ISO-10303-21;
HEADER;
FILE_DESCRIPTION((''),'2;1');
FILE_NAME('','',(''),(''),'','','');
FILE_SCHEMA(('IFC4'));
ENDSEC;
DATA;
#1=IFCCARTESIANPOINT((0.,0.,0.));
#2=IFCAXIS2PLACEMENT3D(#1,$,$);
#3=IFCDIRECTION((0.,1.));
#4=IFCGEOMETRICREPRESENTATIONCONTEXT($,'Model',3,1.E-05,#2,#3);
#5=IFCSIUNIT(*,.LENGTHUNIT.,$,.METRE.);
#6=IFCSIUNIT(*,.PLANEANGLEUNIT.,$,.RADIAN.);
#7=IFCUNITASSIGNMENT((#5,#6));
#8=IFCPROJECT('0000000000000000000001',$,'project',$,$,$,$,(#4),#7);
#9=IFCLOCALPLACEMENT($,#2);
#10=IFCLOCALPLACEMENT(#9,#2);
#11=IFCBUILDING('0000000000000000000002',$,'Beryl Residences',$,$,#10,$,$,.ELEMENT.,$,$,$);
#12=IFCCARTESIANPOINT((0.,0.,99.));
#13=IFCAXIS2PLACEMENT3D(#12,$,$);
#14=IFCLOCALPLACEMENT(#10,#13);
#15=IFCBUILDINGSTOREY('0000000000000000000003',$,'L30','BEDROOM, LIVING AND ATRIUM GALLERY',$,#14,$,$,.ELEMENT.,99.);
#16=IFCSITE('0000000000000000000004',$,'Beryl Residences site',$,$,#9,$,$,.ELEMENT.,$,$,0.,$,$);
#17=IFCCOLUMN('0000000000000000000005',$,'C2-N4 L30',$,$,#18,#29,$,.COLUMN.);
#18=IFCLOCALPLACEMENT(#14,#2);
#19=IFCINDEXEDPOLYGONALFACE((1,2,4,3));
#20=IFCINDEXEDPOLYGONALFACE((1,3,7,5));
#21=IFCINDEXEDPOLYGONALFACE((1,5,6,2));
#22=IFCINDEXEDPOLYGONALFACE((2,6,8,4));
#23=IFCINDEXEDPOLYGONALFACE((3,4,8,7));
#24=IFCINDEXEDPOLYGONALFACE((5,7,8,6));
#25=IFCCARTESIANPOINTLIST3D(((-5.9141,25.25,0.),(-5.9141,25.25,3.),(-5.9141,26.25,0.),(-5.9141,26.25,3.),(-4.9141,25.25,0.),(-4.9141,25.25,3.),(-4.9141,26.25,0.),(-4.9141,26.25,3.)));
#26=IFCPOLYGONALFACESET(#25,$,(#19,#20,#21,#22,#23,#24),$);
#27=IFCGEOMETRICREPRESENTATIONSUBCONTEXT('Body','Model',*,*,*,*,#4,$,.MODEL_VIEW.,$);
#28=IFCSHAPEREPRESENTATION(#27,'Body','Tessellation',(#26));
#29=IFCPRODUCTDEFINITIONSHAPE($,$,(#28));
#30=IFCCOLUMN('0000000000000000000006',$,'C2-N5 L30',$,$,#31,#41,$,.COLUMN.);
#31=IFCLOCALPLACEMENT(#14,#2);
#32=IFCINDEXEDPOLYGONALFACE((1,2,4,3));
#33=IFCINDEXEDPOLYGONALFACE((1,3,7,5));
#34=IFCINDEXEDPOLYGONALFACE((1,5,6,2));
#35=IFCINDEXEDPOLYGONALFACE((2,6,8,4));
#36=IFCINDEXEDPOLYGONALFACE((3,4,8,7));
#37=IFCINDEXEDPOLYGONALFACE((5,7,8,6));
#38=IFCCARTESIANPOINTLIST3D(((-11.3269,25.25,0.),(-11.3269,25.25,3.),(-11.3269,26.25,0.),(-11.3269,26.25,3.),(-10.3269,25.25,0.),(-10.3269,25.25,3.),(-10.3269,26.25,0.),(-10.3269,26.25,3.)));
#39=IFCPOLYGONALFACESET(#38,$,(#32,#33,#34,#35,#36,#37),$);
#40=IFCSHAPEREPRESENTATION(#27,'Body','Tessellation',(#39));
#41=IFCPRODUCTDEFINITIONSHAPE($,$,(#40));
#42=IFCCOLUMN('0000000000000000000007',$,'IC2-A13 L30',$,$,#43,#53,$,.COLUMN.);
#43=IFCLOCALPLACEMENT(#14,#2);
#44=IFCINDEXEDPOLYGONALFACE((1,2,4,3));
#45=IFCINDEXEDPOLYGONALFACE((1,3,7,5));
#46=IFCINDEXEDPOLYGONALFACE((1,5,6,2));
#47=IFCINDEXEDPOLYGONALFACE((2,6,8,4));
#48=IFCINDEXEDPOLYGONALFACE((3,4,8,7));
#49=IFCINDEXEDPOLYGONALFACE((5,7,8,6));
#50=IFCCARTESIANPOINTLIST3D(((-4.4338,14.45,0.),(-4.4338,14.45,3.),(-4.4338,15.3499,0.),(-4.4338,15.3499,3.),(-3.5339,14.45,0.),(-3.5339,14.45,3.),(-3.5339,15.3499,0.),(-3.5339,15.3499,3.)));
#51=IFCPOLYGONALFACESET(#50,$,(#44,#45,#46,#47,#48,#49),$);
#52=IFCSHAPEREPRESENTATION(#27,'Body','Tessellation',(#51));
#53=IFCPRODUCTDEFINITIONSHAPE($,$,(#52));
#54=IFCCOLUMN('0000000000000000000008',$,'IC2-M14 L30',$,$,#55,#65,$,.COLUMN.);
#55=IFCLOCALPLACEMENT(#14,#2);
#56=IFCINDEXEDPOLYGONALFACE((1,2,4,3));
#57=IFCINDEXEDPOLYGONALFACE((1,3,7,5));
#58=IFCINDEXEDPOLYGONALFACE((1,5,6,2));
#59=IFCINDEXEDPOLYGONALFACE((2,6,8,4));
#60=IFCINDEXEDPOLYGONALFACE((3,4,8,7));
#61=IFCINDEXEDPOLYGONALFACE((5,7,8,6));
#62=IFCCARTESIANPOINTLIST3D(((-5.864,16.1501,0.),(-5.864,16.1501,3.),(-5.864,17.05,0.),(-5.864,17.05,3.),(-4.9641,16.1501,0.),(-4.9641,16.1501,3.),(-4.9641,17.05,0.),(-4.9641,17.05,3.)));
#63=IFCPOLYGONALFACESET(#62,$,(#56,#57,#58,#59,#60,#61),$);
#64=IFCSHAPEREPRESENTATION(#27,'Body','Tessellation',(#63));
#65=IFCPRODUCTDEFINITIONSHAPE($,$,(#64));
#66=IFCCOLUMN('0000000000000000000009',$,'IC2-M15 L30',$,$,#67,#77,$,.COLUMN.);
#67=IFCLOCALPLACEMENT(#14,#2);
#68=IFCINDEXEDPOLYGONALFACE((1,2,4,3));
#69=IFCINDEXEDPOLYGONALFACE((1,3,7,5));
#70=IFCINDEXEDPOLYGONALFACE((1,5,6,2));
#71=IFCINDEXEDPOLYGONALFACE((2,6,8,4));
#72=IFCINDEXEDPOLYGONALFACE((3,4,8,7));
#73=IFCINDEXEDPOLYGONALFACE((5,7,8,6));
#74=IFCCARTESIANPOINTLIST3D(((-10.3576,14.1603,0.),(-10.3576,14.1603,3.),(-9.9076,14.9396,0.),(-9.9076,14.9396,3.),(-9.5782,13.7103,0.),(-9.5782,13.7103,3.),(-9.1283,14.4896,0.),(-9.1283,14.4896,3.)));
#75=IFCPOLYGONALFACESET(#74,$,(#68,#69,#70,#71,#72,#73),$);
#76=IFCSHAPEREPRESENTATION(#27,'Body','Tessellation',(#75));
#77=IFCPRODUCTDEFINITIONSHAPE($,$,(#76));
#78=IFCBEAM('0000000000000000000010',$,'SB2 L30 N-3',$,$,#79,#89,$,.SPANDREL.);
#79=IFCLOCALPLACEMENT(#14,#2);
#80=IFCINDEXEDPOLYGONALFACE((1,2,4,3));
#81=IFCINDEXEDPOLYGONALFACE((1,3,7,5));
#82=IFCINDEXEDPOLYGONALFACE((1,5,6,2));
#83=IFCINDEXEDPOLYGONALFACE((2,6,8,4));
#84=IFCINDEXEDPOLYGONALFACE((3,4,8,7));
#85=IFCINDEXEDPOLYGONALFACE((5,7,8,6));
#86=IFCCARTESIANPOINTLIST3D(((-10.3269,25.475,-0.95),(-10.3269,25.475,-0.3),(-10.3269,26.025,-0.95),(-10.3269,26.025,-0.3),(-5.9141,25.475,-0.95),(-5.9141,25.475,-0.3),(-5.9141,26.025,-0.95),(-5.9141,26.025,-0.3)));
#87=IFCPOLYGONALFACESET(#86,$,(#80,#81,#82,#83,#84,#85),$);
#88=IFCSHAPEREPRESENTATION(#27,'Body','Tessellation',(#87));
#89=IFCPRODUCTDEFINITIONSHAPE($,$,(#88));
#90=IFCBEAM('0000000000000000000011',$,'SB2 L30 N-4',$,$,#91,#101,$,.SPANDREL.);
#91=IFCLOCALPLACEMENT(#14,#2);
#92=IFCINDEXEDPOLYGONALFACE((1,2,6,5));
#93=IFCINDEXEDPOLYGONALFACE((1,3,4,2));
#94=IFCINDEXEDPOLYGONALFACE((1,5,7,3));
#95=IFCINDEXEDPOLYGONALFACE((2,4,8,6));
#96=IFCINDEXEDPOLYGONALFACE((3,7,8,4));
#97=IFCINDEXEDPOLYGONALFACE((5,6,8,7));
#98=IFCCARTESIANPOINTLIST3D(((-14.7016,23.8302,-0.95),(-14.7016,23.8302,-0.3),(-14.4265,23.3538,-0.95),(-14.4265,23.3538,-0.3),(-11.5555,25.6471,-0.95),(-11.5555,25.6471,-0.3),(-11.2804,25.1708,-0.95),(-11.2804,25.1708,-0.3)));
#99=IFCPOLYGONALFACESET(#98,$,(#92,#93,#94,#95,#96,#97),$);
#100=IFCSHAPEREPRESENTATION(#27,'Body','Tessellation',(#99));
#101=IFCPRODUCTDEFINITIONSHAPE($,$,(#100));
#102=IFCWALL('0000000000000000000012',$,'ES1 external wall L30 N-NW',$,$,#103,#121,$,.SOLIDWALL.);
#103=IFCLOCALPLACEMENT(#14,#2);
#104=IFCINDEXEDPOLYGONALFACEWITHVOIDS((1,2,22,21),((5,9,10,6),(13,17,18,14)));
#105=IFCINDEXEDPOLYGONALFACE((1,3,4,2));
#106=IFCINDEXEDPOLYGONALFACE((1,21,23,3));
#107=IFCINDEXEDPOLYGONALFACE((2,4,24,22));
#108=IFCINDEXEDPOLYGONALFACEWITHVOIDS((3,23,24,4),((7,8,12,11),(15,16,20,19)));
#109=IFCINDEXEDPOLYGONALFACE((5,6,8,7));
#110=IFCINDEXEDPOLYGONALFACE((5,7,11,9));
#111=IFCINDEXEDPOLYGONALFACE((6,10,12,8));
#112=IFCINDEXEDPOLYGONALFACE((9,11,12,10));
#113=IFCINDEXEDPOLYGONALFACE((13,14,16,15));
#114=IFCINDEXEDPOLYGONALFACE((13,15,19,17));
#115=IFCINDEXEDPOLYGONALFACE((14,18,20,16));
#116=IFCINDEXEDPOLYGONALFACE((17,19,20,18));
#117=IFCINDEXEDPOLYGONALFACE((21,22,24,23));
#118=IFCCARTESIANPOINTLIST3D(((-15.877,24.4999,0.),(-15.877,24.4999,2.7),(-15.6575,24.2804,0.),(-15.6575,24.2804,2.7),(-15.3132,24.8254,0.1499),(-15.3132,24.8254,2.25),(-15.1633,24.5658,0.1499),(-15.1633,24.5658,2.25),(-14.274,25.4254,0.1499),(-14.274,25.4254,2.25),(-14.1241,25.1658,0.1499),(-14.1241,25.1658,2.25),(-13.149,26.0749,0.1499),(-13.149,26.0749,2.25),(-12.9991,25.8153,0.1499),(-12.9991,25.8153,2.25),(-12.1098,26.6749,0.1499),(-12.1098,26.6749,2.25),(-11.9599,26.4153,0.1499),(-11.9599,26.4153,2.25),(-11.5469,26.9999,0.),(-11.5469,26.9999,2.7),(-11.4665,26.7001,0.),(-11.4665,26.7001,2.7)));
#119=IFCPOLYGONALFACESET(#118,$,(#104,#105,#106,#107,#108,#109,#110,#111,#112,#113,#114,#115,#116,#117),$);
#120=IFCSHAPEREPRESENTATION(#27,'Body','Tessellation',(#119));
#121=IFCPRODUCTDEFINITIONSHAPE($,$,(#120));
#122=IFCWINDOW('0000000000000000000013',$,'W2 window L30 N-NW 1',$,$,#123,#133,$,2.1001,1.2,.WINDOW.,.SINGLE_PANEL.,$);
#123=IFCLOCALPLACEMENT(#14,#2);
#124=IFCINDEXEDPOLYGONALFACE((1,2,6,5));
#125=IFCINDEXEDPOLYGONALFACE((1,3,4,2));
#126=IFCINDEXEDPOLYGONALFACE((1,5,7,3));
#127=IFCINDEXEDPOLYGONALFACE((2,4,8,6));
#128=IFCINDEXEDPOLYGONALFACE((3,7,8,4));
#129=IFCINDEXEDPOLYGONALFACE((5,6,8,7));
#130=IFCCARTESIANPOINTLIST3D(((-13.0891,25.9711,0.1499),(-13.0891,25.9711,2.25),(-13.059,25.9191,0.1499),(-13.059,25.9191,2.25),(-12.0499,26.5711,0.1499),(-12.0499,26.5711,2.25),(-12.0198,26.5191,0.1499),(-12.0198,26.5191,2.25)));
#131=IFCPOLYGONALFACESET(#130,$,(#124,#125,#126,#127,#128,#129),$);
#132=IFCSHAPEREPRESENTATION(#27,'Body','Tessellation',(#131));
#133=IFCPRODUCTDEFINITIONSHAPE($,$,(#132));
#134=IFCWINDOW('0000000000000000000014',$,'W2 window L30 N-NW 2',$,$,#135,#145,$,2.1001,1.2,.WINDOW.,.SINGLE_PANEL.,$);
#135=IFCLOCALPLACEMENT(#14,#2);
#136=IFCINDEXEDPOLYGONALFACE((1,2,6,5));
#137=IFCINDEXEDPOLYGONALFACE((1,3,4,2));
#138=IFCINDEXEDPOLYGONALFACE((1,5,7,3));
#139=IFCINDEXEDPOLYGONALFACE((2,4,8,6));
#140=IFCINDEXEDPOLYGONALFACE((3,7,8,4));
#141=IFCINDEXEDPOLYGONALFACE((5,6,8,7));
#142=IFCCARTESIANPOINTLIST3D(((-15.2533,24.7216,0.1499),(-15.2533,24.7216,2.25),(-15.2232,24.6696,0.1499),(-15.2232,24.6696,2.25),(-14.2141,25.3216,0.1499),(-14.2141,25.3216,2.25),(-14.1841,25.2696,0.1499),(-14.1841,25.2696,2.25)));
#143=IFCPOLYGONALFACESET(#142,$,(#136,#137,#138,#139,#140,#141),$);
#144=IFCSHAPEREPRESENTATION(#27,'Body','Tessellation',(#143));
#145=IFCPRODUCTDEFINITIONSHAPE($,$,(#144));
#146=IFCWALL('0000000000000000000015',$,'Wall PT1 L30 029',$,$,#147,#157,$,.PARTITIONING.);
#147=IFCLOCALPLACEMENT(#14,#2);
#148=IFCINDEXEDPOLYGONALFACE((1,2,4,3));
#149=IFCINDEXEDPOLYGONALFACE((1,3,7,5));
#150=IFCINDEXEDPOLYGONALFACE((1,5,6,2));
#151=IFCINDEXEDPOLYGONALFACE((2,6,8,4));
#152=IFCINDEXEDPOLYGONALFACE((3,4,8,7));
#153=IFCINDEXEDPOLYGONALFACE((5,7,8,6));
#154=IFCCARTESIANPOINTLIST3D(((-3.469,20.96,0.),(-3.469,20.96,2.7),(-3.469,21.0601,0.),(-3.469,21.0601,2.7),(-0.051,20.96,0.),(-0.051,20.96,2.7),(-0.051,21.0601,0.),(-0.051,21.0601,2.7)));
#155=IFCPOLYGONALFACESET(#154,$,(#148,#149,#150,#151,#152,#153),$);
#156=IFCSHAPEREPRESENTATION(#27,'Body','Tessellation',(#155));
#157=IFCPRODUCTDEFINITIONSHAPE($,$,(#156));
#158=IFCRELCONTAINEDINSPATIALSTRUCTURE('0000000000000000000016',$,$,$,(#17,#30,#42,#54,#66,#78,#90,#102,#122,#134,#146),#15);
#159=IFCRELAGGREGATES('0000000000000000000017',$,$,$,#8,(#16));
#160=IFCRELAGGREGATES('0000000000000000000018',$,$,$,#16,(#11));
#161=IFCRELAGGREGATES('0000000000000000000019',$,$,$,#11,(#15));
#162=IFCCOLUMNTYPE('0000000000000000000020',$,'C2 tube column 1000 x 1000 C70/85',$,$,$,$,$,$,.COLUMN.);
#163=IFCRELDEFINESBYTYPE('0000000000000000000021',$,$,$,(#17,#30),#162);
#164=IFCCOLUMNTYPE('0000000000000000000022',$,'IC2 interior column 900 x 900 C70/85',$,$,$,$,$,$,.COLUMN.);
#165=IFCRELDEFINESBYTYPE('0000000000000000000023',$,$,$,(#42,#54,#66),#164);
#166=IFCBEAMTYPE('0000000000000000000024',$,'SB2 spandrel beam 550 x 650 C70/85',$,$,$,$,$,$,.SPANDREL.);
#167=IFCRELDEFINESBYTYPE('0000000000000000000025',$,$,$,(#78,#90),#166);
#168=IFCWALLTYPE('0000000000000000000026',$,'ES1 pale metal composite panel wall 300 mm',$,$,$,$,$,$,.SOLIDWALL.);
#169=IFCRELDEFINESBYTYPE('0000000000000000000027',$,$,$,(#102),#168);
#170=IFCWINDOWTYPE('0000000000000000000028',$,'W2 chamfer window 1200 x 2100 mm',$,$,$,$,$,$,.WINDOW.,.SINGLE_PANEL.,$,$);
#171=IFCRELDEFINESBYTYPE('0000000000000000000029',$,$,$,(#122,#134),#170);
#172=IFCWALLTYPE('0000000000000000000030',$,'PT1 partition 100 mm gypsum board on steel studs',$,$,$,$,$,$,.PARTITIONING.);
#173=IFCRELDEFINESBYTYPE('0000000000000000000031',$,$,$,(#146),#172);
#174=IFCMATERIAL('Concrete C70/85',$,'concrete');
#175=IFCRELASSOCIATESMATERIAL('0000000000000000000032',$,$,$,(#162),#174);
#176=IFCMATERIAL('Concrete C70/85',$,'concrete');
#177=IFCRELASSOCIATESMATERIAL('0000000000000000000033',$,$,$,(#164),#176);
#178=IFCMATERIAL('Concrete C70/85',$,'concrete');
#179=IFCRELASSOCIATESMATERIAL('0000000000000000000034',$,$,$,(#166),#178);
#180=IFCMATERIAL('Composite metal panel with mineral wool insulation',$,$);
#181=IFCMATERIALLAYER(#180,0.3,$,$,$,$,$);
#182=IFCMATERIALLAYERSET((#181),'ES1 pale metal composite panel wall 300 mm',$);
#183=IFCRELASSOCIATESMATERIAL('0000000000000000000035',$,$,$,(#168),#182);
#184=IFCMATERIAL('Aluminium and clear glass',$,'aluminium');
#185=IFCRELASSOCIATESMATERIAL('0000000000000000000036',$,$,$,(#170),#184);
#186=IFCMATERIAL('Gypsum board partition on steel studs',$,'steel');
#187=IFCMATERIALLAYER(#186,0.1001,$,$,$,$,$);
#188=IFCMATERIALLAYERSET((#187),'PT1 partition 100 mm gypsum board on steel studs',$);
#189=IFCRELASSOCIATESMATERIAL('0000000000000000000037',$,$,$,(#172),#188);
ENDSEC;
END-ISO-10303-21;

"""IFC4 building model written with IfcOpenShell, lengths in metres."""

from ifc_helpers import new_model, si_unit, direction, frame, frame_2d, origin, origin_2d, place, context, subcontext, project, spatial, polyline, rectangle, outline, extrude, material, layer, layer_set, material_profile, profile_set, type_object, element, fill, save


model = new_model("IFC4")

# Units and contexts
model_context = context("Model", 3, precision=1e-05, world=origin(), true_north=direction((0.0, 1.0)))
body_context = subcontext(model_context, "Body", "Model", "MODEL_VIEW")
ifc_project = project(units=[si_unit("LENGTHUNIT", "METRE"), si_unit("PLANEANGLEUNIT", "RADIAN")], contexts=[model_context])

# Site, building, storey
site_placement = place(None, origin())
site = spatial("IfcSite", under=ifc_project, at=site_placement, Name="Beryl Residences site", CompositionType="ELEMENT", RefElevation=0.0)
building_placement = place(site_placement, origin())
building = spatial("IfcBuilding", under=site, at=building_placement, Name="Beryl Residences", CompositionType="ELEMENT")
storey_placement = place(building_placement, frame((0.0, 0.0, 99.0)))
storey = spatial("IfcBuildingStorey", under=building, at=storey_placement, Name="L30", Description="BEDROOM, LIVING AND ATRIUM GALLERY", CompositionType="ELEMENT", Elevation=99.0)

# Columns
ifc_material_1 = material(Name="Concrete C70/85", Category="concrete")
ifc_material_profile_1 = material_profile(ifc_material_1, rectangle(XDim=1.0, YDim=1.0, at=origin_2d()))
ifc_profile_set_1 = profile_set([ifc_material_profile_1], Name="Concrete C70/85")
column_type_1 = type_object("IfcColumnType", Name="C2 tube column 1000 x 1000 C70/85", PredefinedType="COLUMN", material=ifc_profile_set_1)
for number, where, z_axis, x_axis, name in (
    (1, (-5.4141, 25.75, 0.0), (0.0, 0.0, 1.0), (-1.0, 0.0, 0.0), "C2-N4 L30"),
    (2, (-10.8269, 25.75, 0.0), (0.0, 0.0, 1.0), (-1.0, 0.0, 0.0), "C2-N5 L30"),
):
    element("IfcColumn", number, at=place(storey_placement, frame(where, z_axis=z_axis, x_axis=x_axis)), inside=storey, type_object=column_type_1, Name=name, PredefinedType="COLUMN", context=body_context, shape_type="SweptSolid", body=[
        extrude(rectangle(XDim=1.0, YDim=1.0, at=origin_2d()), origin(), (0.0, 0.0, 1.0), 3.0),
    ])
ifc_material_2 = material(Name="Concrete C70/85", Category="concrete")
ifc_material_profile_2 = material_profile(ifc_material_2, rectangle(XDim=0.8999, YDim=0.8999, at=origin_2d()))
ifc_profile_set_2 = profile_set([ifc_material_profile_2], Name="Concrete C70/85")
column_type_2 = type_object("IfcColumnType", Name="IC2 interior column 900 x 900 C70/85", PredefinedType="COLUMN", material=ifc_profile_set_2)
for number, where, z_axis, x_axis, name in (
    (3, (-3.9839, 14.8999, 0.0), (0.0, 0.0, 1.0), (1.0, 0.0, 0.0), "IC2-A13 L30"),
    (4, (-5.4141, 16.6001, 0.0), (0.0, 0.0, 1.0), (-1.0, 0.0, 0.0), "IC2-M14 L30"),
    (5, (-9.7429, 14.325, 0.0), (0.0, 0.0, 1.0), (-0.5, -0.866025, 0.0), "IC2-M15 L30"),
):
    element("IfcColumn", number, at=place(storey_placement, frame(where, z_axis=z_axis, x_axis=x_axis)), inside=storey, type_object=column_type_2, Name=name, PredefinedType="COLUMN", context=body_context, shape_type="SweptSolid", body=[
        extrude(rectangle(XDim=0.8999, YDim=0.8999, at=origin_2d()), origin(), (0.0, 0.0, 1.0), 3.0),
    ])

# Beams
ifc_material_3 = material(Name="Concrete C70/85", Category="concrete")
ifc_material_profile_3 = material_profile(ifc_material_3, rectangle(XDim=0.55, YDim=0.6499, at=origin_2d()))
ifc_profile_set_3 = profile_set([ifc_material_profile_3], Name="Concrete C70/85")
beam_type = type_object("IfcBeamType", Name="SB2 spandrel beam 550 x 650 C70/85", PredefinedType="SPANDREL", material=ifc_profile_set_3)
beam_1_placement = place(storey_placement, frame((-5.9141, 25.75, -0.625), z_axis=(-1.0, 0.0, 0.0), x_axis=(0.0, -1.0, 0.0)))
element("IfcBeam", 6, at=beam_1_placement, inside=storey, type_object=beam_type, Name="SB2 L30 N-3", PredefinedType="SPANDREL", context=body_context, shape_type="SweptSolid", body=[
    extrude(rectangle(XDim=0.55, YDim=0.6499, at=origin_2d()), origin(), (0.0, 0.0, 1.0), 4.4128),
])
beam_2_placement = place(storey_placement, frame((-11.418, 25.4089, -0.625), z_axis=(-0.86596, -0.500114, 0.0), x_axis=(0.500114, -0.86596, 0.0)))
element("IfcBeam", 7, at=beam_2_placement, inside=storey, type_object=beam_type, Name="SB2 L30 N-4", PredefinedType="SPANDREL", context=body_context, shape_type="SweptSolid", body=[
    extrude(rectangle(XDim=0.55, YDim=0.6499, at=origin_2d()), origin(), (0.0, 0.0, 1.0), 3.6331),
])

# Wall, openings, windows
ifc_material_4 = material(Name="Composite metal panel with mineral wool insulation")
ifc_layer_1 = layer(ifc_material_4, 0.3)
ifc_layer_set_1 = layer_set([ifc_layer_1], Name="ES1 pale metal composite panel wall 300 mm")
wall_type_1 = type_object("IfcWallType", Name="ES1 pale metal composite panel wall 300 mm", PredefinedType="SOLIDWALL", material=ifc_layer_set_1)
wall_1_placement = place(storey_placement, frame((-11.4719, 26.8701, 0.0), z_axis=(0.0, 0.0, 1.0), x_axis=(-0.866023, -0.500004, 0.0)))
wall_1 = element("IfcWall", 8, at=wall_1_placement, inside=storey, type_object=wall_type_1, Name="ES1 external wall L30 N-NW", PredefinedType="SOLIDWALL", context=body_context, shape_type="SweptSolid", body=[
    extrude(outline(polyline([(0.0, -0.1499), (5.0, -0.1499), (4.9197, 0.1499), (0.0803, 0.1499), (0.0, -0.1499)])), origin(), (0.0, 0.0, 1.0), 2.7),
])
opening_1_placement = place(wall_1_placement, frame((0.6499, 0.0, 0.1499)))
opening_1 = element("IfcOpeningElement", 9, at=opening_1_placement, cuts=wall_1, PredefinedType="OPENING", context=body_context, shape_type="SweptSolid", body=[
    extrude(rectangle(XDim=1.2, YDim=2.1001, at=frame_2d((0.6001, 1.05))), frame((0.0, 0.1599, 0.0), z_axis=(0.0, -1.0, 0.0), x_axis=(1.0, 0.0, 0.0)), (0.0, 0.0, 1.0), 0.3201),
])
opening_2_placement = place(wall_1_placement, frame((3.1489, 0.0, 0.1499)))
opening_2 = element("IfcOpeningElement", 10, at=opening_2_placement, cuts=wall_1, PredefinedType="OPENING", context=body_context, shape_type="SweptSolid", body=[
    extrude(rectangle(XDim=1.2, YDim=2.1001, at=frame_2d((0.6001, 1.05))), frame((0.0, 0.1599, 0.0), z_axis=(0.0, -1.0, 0.0), x_axis=(1.0, 0.0, 0.0)), (0.0, 0.0, 1.0), 0.3201),
])
ifc_material_5 = material(Name="Aluminium and clear glass", Category="aluminium")
window_type = type_object("IfcWindowType", Name="W2 chamfer window 1200 x 2100 mm", PartitioningType="SINGLE_PANEL", PredefinedType="WINDOW", material=ifc_material_5)
window_1_placement = place(opening_1_placement, origin())
window_1 = element("IfcWindow", 11, at=window_1_placement, inside=storey, type_object=window_type, Name="W2 window L30 N-NW 1", OverallHeight=2.1001, OverallWidth=1.2, PartitioningType="SINGLE_PANEL", PredefinedType="WINDOW", context=body_context, shape_type="SweptSolid", body=[
    extrude(rectangle(XDim=1.2, YDim=2.1001, at=frame_2d((0.6001, 1.05))), frame((0.0, 0.03, 0.0), z_axis=(0.0, -1.0, 0.0), x_axis=(1.0, 0.0, 0.0)), (0.0, 0.0, 1.0), 0.0601),
])
fill(opening_1, window_1)
window_2_placement = place(opening_2_placement, origin())
window_2 = element("IfcWindow", 12, at=window_2_placement, inside=storey, type_object=window_type, Name="W2 window L30 N-NW 2", OverallHeight=2.1001, OverallWidth=1.2, PartitioningType="SINGLE_PANEL", PredefinedType="WINDOW", context=body_context, shape_type="SweptSolid", body=[
    extrude(rectangle(XDim=1.2, YDim=2.1001, at=frame_2d((0.6001, 1.05))), frame((0.0, 0.03, 0.0), z_axis=(0.0, -1.0, 0.0), x_axis=(1.0, 0.0, 0.0)), (0.0, 0.0, 1.0), 0.0601),
])
fill(opening_2, window_2)

# Wall
ifc_material_6 = material(Name="Gypsum board partition on steel studs", Category="steel")
ifc_layer_2 = layer(ifc_material_6, 0.1001)
ifc_layer_set_2 = layer_set([ifc_layer_2], Name="PT1 partition 100 mm gypsum board on steel studs")
wall_type_2 = type_object("IfcWallType", Name="PT1 partition 100 mm gypsum board on steel studs", PredefinedType="PARTITIONING", material=ifc_layer_set_2)
wall_2_placement = place(storey_placement, frame((-3.469, 21.01, 0.0), z_axis=(0.0, 0.0, 1.0), x_axis=(1.0, 0.0, 0.0)))
element("IfcWall", 13, at=wall_2_placement, inside=storey, type_object=wall_type_2, Name="Wall PT1 L30 029", PredefinedType="PARTITIONING", context=body_context, shape_type="SweptSolid", body=[
    extrude(rectangle(XDim=3.418, YDim=0.1001, at=frame_2d((1.709, 0.0))), origin(), (0.0, 0.0, 1.0), 2.7),
])

save(model, "model.ifc")
